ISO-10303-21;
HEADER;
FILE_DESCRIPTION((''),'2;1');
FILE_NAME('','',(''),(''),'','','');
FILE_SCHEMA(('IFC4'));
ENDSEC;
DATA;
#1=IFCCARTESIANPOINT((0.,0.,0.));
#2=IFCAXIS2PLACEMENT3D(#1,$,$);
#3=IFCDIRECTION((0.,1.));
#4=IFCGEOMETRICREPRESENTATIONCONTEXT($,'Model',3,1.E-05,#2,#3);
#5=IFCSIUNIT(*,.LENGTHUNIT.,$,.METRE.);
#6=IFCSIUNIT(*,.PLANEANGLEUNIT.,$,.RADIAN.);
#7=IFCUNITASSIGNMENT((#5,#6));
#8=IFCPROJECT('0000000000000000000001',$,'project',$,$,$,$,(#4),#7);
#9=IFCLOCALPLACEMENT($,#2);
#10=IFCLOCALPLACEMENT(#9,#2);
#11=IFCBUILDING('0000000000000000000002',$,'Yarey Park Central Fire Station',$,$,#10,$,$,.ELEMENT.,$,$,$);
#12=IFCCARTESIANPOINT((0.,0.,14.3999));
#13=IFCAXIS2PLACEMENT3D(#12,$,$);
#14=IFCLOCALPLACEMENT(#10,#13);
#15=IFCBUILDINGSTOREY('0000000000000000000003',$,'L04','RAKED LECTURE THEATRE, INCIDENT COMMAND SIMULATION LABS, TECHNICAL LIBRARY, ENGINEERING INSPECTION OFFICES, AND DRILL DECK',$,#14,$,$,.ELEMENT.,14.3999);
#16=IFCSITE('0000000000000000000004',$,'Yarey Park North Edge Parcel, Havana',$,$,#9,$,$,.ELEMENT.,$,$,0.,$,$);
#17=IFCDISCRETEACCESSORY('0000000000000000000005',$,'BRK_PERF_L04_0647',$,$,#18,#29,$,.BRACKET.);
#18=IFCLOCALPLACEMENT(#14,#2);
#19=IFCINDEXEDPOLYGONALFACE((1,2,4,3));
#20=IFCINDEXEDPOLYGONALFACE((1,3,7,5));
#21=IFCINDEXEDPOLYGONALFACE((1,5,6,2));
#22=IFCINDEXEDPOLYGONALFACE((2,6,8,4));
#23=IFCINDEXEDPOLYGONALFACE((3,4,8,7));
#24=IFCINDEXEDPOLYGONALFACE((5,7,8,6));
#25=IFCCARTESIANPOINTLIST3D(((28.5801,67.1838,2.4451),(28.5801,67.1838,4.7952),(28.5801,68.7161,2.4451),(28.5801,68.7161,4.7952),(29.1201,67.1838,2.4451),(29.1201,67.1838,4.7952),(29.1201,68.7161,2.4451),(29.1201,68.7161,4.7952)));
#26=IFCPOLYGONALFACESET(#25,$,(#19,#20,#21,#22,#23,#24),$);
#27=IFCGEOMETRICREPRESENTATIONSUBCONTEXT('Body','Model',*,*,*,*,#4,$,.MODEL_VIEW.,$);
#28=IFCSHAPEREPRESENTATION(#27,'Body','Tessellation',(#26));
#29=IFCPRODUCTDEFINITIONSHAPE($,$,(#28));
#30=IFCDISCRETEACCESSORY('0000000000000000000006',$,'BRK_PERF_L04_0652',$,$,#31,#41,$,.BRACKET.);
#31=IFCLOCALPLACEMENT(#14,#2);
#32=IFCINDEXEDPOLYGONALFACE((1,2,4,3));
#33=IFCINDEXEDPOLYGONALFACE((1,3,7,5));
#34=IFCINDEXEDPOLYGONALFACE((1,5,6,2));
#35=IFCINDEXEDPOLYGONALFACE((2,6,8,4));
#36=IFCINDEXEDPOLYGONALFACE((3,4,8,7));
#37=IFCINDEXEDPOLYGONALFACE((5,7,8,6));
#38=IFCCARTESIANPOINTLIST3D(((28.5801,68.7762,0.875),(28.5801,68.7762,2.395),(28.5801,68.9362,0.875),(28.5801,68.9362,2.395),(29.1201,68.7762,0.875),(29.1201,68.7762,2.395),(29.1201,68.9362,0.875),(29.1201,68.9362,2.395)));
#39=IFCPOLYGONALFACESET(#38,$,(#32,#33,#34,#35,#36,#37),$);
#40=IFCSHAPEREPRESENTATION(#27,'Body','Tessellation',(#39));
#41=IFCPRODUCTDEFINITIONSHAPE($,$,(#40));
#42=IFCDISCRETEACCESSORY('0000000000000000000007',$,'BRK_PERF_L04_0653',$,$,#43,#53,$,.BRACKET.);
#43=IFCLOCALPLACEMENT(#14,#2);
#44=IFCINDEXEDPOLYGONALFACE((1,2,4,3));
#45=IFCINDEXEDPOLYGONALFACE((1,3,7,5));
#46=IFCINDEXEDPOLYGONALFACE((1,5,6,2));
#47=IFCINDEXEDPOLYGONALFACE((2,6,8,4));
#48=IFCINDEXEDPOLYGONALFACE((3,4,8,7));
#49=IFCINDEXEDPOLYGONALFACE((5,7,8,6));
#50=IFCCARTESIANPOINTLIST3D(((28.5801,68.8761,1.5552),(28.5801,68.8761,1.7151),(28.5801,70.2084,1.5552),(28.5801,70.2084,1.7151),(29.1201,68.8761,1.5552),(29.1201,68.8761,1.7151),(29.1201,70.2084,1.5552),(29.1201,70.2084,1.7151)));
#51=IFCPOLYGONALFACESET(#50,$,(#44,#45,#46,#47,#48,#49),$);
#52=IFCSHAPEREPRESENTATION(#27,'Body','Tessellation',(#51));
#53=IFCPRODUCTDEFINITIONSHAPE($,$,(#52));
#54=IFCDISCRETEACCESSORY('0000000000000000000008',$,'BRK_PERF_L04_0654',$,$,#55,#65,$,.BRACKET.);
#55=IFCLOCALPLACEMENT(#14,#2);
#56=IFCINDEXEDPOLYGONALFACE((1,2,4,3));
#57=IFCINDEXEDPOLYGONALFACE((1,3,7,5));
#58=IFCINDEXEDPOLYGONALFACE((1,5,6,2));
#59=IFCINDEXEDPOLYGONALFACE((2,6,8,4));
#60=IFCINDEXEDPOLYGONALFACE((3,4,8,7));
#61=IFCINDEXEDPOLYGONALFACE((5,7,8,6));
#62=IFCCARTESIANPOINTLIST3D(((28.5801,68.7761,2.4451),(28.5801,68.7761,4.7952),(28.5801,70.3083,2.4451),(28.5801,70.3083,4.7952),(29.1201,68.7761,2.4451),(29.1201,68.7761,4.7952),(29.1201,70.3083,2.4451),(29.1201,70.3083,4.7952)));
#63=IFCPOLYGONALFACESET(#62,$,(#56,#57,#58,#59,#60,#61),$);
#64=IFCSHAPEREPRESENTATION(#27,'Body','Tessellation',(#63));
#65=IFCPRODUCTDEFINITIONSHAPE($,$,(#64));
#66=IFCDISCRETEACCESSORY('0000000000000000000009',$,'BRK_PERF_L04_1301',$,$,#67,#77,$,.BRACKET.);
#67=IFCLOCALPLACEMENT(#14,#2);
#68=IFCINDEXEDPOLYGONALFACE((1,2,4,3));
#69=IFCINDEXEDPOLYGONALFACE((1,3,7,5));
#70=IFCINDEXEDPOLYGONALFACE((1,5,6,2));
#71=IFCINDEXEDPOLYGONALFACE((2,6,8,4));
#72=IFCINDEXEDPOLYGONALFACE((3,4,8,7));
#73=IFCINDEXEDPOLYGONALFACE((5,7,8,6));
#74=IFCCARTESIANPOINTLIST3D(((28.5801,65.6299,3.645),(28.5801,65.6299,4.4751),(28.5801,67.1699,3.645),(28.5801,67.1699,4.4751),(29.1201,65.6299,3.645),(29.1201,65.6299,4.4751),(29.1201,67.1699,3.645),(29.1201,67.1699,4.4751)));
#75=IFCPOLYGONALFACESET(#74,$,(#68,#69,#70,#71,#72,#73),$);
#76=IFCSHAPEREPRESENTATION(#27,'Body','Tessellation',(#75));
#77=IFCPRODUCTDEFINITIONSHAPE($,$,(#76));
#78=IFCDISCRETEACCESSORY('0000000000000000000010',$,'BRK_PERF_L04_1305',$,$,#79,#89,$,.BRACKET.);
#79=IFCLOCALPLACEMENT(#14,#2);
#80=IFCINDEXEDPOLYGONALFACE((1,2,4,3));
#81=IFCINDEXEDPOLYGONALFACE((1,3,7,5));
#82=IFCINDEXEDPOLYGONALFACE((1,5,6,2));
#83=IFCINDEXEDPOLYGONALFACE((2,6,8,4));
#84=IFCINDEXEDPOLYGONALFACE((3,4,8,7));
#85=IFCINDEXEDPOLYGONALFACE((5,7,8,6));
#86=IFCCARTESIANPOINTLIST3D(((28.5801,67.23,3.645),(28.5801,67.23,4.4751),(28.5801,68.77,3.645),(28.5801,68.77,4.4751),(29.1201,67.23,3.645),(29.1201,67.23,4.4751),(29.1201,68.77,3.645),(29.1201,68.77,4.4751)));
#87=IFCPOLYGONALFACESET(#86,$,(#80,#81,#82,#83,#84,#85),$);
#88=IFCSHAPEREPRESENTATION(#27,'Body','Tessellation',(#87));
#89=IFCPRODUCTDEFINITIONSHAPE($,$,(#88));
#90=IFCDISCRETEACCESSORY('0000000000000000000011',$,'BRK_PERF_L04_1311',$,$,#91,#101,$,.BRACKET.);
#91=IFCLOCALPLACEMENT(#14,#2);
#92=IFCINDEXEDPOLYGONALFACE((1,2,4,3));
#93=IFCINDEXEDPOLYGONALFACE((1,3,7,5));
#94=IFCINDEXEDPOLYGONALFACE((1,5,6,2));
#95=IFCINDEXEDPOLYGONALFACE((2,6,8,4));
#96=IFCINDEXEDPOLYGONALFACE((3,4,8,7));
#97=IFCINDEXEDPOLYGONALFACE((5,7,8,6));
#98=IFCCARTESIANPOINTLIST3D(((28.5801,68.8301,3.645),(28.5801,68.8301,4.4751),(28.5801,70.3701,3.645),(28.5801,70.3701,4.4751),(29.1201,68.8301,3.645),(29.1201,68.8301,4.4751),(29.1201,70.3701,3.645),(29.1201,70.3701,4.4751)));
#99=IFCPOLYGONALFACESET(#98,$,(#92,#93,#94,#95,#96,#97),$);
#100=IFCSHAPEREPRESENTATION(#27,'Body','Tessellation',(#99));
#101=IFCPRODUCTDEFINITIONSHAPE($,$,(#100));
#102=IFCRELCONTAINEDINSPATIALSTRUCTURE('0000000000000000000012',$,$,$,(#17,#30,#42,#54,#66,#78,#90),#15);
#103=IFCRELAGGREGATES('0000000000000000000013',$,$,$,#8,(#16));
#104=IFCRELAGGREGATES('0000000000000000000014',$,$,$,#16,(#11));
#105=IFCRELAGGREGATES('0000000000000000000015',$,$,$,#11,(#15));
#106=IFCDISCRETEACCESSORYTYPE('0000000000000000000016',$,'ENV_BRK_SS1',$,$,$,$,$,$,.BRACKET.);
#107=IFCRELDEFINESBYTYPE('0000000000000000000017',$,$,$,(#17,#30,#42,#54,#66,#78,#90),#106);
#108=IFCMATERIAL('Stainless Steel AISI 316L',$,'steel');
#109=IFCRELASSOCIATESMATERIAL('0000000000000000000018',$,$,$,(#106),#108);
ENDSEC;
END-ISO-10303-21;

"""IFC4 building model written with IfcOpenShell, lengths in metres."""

from ifc_helpers import new_model, si_unit, direction, frame, origin, origin_2d, place, context, subcontext, project, spatial, rectangle, extrude, material, type_object, element, save


model = new_model("IFC4")

# Units and contexts
model_context = context("Model", 3, precision=1e-05, world=origin(), true_north=direction((0.0, 1.0)))
body_context = subcontext(model_context, "Body", "Model", "MODEL_VIEW")
ifc_project = project(units=[si_unit("LENGTHUNIT", "METRE"), si_unit("PLANEANGLEUNIT", "RADIAN")], contexts=[model_context])

# Site, building, storey
site_placement = place(None, origin())
site = spatial("IfcSite", under=ifc_project, at=site_placement, Name="Yarey Park North Edge Parcel, Havana", CompositionType="ELEMENT", RefElevation=0.0)
building_placement = place(site_placement, origin())
building = spatial("IfcBuilding", under=site, at=building_placement, Name="Yarey Park Central Fire Station", CompositionType="ELEMENT")
storey_placement = place(building_placement, frame((0.0, 0.0, 14.3999)))
storey = spatial("IfcBuildingStorey", under=building, at=storey_placement, Name="L04", Description="RAKED LECTURE THEATRE, INCIDENT COMMAND SIMULATION LABS, TECHNICAL LIBRARY, ENGINEERING INSPECTION OFFICES, AND DRILL DECK", CompositionType="ELEMENT", Elevation=14.3999)

# Discrete accessories
ifc_material_1 = material(Name="Stainless Steel AISI 316L", Category="steel")
discrete_accessory_type = type_object("IfcDiscreteAccessoryType", Name="ENV_BRK_SS1", PredefinedType="BRACKET", material=ifc_material_1)
discrete_accessory_1_placement = place(storey_placement, frame((28.8501, 67.95, 2.4451), z_axis=(0.0, 0.0, 1.0), x_axis=(1.0, 0.0, 0.0)))
element("IfcDiscreteAccessory", 1, at=discrete_accessory_1_placement, inside=storey, type_object=discrete_accessory_type, Name="BRK_PERF_L04_0647", PredefinedType="BRACKET", context=body_context, shape_type="SweptSolid", body=[
    extrude(rectangle(XDim=0.54, YDim=1.5322, at=origin_2d()), origin(), (0.0, 0.0, 1.0), 2.3501),
])
discrete_accessory_2_placement = place(storey_placement, frame((28.8501, 68.8562, 0.875), z_axis=(0.0, 0.0, 1.0), x_axis=(1.0, 0.0, 0.0)))
element("IfcDiscreteAccessory", 2, at=discrete_accessory_2_placement, inside=storey, type_object=discrete_accessory_type, Name="BRK_PERF_L04_0652", PredefinedType="BRACKET", context=body_context, shape_type="SweptSolid", body=[
    extrude(rectangle(XDim=0.54, YDim=0.1599, at=origin_2d()), origin(), (0.0, 0.0, 1.0), 1.52),
])
discrete_accessory_3_placement = place(storey_placement, frame((28.8501, 69.5422, 1.5552), z_axis=(0.0, 0.0, 1.0), x_axis=(1.0, 0.0, 0.0)))
element("IfcDiscreteAccessory", 3, at=discrete_accessory_3_placement, inside=storey, type_object=discrete_accessory_type, Name="BRK_PERF_L04_0653", PredefinedType="BRACKET", context=body_context, shape_type="SweptSolid", body=[
    extrude(rectangle(XDim=0.54, YDim=1.3323, at=origin_2d()), origin(), (0.0, 0.0, 1.0), 0.1599),
])
discrete_accessory_4_placement = place(storey_placement, frame((28.8501, 69.5422, 2.4451), z_axis=(0.0, 0.0, 1.0), x_axis=(1.0, 0.0, 0.0)))
element("IfcDiscreteAccessory", 4, at=discrete_accessory_4_placement, inside=storey, type_object=discrete_accessory_type, Name="BRK_PERF_L04_0654", PredefinedType="BRACKET", context=body_context, shape_type="SweptSolid", body=[
    extrude(rectangle(XDim=0.54, YDim=1.5322, at=origin_2d()), origin(), (0.0, 0.0, 1.0), 2.3501),
])
for number, where, z_axis, x_axis, name in (
    (5, (28.8501, 66.3999, 3.645), (0.0, 0.0, 1.0), (1.0, 0.0, 0.0), "BRK_PERF_L04_1301"),
    (6, (28.8501, 68.0, 3.645), (0.0, 0.0, 1.0), (1.0, 0.0, 0.0), "BRK_PERF_L04_1305"),
    (7, (28.8501, 69.6001, 3.645), (0.0, 0.0, 1.0), (1.0, 0.0, 0.0), "BRK_PERF_L04_1311"),
):
    element("IfcDiscreteAccessory", number, at=place(storey_placement, frame(where, z_axis=z_axis, x_axis=x_axis)), inside=storey, type_object=discrete_accessory_type, Name=name, PredefinedType="BRACKET", context=body_context, shape_type="SweptSolid", body=[
        extrude(rectangle(XDim=0.54, YDim=1.54, at=origin_2d()), origin(), (0.0, 0.0, 1.0), 0.8301),
    ])

save(model, "model.ifc")
